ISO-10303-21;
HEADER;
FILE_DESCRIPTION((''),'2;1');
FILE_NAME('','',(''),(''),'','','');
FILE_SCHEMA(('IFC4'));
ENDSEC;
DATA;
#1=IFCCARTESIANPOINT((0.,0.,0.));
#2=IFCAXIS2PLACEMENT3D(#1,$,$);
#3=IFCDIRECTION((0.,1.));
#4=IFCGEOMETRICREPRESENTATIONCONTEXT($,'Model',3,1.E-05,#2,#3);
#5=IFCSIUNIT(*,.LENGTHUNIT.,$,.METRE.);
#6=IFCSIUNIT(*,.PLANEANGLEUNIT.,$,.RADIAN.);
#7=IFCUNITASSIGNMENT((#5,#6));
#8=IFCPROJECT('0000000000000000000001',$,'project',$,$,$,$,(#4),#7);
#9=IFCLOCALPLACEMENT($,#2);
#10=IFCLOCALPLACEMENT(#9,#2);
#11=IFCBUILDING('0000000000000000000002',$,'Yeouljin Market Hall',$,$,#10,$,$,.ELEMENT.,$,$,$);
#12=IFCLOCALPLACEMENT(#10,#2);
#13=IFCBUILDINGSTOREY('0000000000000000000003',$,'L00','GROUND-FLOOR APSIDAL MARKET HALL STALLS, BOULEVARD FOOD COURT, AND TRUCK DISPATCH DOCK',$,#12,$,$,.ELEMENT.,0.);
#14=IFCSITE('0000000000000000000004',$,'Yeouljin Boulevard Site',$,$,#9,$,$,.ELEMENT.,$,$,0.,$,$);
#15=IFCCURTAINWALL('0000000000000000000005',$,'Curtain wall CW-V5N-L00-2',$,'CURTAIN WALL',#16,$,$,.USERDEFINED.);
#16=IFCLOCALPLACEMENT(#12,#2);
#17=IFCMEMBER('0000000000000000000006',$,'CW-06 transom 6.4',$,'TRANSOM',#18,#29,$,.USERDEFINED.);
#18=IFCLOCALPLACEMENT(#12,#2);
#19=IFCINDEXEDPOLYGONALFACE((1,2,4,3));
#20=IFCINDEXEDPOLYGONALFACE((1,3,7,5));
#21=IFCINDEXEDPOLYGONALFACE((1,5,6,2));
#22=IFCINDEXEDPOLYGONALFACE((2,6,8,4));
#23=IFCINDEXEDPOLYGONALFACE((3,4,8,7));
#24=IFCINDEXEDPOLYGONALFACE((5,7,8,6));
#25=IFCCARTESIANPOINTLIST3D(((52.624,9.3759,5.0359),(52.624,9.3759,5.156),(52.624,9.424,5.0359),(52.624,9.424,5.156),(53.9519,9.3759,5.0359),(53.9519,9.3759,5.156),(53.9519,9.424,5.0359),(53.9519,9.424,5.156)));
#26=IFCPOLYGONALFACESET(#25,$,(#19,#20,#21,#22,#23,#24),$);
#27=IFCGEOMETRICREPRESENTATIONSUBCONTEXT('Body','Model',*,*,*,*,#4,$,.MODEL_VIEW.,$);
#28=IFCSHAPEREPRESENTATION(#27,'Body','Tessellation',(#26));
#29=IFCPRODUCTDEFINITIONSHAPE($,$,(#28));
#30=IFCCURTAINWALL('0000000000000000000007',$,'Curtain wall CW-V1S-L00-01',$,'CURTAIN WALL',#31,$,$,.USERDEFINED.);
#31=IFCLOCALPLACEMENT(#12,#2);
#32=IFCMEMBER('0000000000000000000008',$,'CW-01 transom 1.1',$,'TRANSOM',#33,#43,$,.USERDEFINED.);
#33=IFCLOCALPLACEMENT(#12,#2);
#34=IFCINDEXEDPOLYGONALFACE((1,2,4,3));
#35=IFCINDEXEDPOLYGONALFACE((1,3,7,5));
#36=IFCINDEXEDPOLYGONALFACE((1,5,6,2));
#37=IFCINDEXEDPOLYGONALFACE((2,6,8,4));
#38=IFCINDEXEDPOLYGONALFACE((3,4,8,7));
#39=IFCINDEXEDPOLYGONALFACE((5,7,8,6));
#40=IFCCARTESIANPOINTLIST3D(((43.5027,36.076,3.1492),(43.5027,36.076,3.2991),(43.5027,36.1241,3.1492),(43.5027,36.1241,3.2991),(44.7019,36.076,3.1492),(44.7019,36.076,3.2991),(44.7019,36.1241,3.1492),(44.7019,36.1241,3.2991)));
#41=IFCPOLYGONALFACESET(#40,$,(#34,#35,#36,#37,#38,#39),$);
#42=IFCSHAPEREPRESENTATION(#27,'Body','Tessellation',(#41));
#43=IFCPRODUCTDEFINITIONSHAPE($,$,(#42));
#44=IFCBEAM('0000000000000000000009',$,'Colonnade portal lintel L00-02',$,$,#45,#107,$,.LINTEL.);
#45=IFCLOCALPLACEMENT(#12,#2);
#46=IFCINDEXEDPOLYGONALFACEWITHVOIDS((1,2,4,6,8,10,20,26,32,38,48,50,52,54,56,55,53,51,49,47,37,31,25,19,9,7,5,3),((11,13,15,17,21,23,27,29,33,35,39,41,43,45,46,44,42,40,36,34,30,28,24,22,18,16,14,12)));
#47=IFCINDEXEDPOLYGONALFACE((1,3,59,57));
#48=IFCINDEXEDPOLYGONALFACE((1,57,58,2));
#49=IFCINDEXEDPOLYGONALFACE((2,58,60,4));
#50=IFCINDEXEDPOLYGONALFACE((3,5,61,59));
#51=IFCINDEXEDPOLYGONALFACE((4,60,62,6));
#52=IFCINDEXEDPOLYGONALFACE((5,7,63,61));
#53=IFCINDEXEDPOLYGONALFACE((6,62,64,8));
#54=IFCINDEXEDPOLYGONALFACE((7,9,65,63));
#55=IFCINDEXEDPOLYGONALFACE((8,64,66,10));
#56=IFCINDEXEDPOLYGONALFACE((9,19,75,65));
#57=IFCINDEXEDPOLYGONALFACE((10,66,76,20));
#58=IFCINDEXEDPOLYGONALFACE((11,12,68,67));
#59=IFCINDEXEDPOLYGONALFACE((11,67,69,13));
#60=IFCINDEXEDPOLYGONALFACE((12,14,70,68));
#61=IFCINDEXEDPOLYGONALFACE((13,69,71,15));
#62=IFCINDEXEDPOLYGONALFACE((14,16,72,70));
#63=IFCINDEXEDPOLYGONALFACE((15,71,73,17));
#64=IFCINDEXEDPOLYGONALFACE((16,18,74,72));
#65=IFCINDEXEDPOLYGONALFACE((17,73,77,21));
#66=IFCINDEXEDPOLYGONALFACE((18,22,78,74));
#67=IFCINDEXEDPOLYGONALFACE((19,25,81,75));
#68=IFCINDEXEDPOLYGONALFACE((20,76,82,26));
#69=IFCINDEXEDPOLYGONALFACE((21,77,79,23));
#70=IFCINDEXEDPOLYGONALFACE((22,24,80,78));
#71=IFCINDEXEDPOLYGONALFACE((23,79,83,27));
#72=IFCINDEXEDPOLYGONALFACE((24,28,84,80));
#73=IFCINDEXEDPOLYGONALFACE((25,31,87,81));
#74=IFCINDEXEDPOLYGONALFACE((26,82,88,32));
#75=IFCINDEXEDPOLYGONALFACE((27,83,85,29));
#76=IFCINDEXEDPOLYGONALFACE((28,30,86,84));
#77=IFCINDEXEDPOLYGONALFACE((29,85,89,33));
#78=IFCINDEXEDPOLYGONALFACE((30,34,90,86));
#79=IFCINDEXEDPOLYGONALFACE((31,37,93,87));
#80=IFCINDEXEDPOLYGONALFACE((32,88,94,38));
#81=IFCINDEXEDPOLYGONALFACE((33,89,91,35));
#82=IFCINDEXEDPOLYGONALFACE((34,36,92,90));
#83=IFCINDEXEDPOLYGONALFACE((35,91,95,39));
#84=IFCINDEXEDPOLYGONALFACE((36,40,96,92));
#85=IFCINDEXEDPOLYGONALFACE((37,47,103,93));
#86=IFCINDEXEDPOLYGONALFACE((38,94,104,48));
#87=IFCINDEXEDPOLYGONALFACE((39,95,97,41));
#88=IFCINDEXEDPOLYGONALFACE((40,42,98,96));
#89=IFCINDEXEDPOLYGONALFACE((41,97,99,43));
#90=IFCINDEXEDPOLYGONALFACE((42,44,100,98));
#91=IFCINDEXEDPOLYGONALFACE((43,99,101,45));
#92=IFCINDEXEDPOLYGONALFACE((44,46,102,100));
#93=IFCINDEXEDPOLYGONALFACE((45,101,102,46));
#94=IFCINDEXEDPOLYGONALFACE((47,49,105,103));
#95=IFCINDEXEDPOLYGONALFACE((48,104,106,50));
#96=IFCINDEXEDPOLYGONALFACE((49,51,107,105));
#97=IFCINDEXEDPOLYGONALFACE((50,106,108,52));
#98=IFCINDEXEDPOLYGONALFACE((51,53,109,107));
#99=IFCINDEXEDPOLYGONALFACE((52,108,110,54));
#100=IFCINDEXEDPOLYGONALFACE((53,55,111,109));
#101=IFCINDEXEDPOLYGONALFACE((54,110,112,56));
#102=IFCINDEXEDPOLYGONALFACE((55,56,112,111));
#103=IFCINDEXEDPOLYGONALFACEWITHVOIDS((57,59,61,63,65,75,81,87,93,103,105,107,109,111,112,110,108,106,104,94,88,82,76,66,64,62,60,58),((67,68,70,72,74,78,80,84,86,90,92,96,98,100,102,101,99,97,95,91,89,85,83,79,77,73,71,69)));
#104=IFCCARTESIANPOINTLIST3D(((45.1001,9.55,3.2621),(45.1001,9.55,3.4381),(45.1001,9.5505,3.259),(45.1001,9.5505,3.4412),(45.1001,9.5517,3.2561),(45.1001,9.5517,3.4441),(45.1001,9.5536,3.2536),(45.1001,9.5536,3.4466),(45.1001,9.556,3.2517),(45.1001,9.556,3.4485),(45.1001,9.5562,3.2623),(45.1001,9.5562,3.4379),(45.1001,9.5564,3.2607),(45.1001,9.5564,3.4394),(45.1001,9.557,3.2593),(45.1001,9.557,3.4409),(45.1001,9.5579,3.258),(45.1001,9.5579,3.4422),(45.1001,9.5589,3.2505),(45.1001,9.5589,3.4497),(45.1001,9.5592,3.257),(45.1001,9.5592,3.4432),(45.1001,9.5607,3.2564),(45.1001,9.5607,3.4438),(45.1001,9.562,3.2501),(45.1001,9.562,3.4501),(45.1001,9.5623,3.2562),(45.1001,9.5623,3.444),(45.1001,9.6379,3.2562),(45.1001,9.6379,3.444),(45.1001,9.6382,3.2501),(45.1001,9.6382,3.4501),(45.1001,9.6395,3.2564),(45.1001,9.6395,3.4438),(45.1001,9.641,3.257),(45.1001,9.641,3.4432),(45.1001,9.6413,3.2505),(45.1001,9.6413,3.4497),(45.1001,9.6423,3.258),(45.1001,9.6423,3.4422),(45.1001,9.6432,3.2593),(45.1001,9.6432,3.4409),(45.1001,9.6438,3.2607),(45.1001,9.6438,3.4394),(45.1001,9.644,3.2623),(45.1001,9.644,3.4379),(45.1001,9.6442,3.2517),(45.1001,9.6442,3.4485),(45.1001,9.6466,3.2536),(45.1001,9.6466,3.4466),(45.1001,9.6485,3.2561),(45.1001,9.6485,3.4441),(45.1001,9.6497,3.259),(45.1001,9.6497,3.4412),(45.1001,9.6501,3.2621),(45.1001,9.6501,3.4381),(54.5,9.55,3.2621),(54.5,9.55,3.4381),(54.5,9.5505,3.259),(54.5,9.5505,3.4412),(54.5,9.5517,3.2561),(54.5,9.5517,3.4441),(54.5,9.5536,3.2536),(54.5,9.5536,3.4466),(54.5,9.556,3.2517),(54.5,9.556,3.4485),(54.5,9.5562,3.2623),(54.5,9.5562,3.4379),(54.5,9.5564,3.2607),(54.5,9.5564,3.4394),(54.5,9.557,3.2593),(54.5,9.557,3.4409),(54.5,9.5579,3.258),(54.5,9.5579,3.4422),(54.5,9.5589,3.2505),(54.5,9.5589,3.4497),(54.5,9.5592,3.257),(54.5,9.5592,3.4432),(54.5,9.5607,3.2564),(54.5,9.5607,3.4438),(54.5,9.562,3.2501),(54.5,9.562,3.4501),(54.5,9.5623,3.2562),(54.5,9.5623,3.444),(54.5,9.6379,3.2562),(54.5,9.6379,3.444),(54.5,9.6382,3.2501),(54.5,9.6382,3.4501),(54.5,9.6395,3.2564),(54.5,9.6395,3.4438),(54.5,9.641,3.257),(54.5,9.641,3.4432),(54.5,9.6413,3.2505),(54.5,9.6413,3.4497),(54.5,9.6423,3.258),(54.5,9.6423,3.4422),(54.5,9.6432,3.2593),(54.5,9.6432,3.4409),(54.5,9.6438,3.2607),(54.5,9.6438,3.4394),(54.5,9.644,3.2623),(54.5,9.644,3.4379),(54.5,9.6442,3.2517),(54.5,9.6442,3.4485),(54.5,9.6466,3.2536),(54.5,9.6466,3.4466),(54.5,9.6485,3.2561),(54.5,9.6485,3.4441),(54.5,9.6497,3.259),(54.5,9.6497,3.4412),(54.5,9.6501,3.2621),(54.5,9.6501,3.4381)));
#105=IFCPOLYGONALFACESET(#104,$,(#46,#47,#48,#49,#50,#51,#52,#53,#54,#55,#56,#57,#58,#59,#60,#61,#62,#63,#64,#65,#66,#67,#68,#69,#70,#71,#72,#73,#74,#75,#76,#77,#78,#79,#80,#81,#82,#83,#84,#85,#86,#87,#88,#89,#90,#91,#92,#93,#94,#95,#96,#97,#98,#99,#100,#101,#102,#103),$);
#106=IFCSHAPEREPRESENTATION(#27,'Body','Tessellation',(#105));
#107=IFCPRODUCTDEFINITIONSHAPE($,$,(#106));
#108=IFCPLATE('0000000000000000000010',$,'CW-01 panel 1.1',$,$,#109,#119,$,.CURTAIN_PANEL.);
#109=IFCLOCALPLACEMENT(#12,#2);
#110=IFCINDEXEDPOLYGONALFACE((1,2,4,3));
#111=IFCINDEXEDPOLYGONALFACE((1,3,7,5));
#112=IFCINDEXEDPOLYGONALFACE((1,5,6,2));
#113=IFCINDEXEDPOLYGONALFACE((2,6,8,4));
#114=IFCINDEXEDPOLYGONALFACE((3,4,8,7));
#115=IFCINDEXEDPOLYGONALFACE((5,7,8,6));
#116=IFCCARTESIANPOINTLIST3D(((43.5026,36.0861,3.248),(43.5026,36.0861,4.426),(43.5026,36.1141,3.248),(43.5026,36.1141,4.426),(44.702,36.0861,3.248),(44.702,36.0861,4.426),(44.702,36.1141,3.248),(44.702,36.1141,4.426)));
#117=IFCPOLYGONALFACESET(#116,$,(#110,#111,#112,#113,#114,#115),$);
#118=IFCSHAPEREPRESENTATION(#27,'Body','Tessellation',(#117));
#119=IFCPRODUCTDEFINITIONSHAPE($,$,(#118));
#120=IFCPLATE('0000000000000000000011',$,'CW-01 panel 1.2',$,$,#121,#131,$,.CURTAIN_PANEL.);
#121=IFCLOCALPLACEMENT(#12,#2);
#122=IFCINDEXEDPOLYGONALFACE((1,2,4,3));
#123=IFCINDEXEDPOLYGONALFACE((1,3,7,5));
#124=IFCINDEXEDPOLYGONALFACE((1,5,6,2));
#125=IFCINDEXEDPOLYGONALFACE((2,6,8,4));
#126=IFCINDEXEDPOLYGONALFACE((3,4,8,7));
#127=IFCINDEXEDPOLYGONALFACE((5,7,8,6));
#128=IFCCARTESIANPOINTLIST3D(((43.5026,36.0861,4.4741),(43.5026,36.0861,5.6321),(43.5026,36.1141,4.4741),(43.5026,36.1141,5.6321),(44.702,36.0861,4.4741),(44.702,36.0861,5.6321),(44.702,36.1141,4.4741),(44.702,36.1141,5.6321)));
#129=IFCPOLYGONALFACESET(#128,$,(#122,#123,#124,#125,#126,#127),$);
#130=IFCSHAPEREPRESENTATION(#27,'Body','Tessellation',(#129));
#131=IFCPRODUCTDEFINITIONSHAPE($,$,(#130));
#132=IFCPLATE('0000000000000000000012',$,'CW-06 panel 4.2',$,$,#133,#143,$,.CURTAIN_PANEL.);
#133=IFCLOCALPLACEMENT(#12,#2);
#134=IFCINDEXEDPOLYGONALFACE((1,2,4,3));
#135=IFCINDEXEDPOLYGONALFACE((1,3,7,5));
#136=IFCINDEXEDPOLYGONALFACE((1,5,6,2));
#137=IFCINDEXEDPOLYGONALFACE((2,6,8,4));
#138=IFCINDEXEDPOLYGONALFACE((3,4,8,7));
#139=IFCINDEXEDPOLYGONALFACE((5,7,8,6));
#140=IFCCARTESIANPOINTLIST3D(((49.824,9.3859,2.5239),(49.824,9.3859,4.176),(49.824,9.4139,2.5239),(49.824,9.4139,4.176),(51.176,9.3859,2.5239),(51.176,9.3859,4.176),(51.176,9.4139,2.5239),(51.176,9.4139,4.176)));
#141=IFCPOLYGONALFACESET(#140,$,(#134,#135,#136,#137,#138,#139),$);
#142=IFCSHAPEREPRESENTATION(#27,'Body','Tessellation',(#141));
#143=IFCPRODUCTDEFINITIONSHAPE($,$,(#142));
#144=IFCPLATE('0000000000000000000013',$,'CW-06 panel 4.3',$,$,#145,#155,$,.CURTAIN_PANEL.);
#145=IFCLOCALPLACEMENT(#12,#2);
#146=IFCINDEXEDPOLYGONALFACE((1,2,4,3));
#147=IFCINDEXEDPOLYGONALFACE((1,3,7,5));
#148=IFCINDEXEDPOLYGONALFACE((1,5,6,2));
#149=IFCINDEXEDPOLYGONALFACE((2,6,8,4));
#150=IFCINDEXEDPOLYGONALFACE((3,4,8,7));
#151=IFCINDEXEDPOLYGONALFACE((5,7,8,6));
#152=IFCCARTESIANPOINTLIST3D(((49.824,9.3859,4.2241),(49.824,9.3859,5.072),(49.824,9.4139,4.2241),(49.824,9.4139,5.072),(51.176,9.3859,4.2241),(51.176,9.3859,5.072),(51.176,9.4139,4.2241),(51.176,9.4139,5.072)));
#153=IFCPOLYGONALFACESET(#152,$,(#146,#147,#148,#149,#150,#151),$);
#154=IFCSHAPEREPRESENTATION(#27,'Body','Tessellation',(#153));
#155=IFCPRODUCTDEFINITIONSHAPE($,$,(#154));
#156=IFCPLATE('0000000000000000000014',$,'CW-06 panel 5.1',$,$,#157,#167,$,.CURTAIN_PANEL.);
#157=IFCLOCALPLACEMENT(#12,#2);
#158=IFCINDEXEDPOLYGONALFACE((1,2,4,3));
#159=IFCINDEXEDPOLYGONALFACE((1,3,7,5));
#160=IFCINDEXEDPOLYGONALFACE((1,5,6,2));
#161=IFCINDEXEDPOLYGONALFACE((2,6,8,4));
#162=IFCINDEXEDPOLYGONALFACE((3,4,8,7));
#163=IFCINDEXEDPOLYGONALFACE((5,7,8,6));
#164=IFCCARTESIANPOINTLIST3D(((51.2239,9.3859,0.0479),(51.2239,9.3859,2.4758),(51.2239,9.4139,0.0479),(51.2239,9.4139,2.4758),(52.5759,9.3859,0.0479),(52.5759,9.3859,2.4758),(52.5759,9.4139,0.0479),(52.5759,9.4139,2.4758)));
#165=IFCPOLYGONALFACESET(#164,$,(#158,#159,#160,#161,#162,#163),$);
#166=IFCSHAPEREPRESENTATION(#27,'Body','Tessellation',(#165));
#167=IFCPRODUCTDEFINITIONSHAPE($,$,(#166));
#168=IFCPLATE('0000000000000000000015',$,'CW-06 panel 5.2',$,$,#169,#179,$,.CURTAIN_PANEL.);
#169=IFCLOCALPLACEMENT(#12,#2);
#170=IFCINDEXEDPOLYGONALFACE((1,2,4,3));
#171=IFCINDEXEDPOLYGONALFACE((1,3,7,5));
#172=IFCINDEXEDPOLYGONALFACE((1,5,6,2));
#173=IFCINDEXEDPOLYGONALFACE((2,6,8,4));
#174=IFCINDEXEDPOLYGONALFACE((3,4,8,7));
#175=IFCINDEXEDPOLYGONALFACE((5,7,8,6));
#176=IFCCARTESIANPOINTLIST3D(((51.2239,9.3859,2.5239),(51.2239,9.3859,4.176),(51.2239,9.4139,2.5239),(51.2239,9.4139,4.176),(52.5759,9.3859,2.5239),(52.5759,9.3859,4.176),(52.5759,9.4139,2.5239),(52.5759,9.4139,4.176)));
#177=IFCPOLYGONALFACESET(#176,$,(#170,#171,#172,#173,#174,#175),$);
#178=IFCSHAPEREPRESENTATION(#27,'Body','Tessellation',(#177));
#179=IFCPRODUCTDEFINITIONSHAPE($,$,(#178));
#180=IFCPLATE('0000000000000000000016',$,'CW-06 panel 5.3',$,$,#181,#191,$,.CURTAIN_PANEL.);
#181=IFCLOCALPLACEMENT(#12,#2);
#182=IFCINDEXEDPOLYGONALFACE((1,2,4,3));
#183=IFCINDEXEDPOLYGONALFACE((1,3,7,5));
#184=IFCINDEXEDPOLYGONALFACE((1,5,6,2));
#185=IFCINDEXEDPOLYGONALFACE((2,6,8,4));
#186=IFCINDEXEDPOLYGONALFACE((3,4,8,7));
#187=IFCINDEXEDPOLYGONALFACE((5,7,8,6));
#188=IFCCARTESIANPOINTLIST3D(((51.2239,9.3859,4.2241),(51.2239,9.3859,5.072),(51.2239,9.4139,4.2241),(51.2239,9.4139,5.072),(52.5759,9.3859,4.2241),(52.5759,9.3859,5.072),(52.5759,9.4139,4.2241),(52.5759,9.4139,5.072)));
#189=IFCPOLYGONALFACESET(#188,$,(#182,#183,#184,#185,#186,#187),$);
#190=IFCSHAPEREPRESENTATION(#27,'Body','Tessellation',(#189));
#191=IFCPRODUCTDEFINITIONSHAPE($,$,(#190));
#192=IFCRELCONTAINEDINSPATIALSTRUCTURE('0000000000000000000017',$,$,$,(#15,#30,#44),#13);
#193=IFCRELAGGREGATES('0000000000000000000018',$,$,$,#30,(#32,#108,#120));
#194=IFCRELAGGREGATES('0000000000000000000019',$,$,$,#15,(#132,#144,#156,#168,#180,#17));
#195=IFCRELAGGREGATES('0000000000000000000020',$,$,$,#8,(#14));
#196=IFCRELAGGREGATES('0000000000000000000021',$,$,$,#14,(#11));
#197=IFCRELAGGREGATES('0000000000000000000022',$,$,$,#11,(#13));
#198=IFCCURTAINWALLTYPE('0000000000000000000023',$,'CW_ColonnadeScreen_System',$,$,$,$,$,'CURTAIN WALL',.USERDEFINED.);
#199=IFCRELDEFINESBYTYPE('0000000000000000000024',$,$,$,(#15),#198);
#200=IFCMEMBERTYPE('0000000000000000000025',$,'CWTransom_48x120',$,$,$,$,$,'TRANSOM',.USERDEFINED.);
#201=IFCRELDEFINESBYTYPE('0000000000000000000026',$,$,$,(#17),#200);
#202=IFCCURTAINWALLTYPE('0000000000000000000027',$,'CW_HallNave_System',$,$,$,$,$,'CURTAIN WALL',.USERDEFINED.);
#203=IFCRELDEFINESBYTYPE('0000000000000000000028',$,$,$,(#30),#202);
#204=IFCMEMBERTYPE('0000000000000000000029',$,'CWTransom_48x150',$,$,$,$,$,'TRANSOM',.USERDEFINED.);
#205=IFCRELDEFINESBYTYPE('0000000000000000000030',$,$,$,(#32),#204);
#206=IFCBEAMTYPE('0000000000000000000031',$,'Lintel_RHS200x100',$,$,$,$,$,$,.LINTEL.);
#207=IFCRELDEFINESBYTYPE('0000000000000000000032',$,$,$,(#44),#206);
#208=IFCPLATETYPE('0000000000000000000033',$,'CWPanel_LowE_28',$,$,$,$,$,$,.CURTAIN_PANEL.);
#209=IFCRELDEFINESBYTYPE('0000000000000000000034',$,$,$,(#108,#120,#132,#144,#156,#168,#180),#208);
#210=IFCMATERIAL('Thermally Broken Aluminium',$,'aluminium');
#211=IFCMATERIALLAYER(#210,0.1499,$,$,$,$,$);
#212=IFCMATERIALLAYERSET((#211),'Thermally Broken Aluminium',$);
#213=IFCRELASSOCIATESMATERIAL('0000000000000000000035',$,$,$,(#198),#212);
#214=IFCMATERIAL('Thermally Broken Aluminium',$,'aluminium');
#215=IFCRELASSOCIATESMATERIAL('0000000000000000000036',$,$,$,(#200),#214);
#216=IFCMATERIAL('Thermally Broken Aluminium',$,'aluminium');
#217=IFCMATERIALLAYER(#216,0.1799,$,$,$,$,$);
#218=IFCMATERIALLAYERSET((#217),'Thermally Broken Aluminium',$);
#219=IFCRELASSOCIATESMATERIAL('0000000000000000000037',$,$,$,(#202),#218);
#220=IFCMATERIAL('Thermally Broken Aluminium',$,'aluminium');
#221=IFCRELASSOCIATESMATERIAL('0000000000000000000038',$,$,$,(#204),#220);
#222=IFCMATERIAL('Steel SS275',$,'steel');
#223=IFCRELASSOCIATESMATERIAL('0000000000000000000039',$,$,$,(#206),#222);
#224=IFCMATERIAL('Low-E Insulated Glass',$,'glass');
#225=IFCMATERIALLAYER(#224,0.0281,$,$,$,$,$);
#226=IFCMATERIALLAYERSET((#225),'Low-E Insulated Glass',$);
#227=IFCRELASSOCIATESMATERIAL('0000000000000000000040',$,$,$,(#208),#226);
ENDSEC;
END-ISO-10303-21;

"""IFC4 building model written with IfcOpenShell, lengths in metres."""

from ifc_helpers import new_model, si_unit, direction, frame, origin, origin_2d, place, context, subcontext, project, spatial, rectangle, hollow_rectangle, extrude, material, layer, layer_set, material_profile, profile_set, type_object, element, aggregate, save


model = new_model("IFC4")

# Units and contexts
model_context = context("Model", 3, precision=1e-05, world=origin(), true_north=direction((0.0, 1.0)))
body_context = subcontext(model_context, "Body", "Model", "MODEL_VIEW")
ifc_project = project(units=[si_unit("LENGTHUNIT", "METRE"), si_unit("PLANEANGLEUNIT", "RADIAN")], contexts=[model_context])

# Site, building, storey
site_placement = place(None, origin())
site = spatial("IfcSite", under=ifc_project, at=site_placement, Name="Yeouljin Boulevard Site", CompositionType="ELEMENT", RefElevation=0.0)
building_placement = place(site_placement, origin())
building = spatial("IfcBuilding", under=site, at=building_placement, Name="Yeouljin Market Hall", CompositionType="ELEMENT")
storey_placement = place(building_placement, origin())
storey = spatial("IfcBuildingStorey", under=building, at=storey_placement, Name="L00", Description="GROUND-FLOOR APSIDAL MARKET HALL STALLS, BOULEVARD FOOD COURT, AND TRUCK DISPATCH DOCK", CompositionType="ELEMENT", Elevation=0.0)

# Curtain wall, member
ifc_material_1 = material(Name="Thermally Broken Aluminium", Category="aluminium")
ifc_layer_1 = layer(ifc_material_1, 0.1499)
ifc_layer_set_1 = layer_set([ifc_layer_1], Name="Thermally Broken Aluminium")
curtain_wall_type_1 = type_object("IfcCurtainWallType", Name="CW_ColonnadeScreen_System", ElementType="CURTAIN WALL", PredefinedType="USERDEFINED", material=ifc_layer_set_1)
curtain_wall_1_placement = place(storey_placement, origin())
curtain_wall_1 = element("IfcCurtainWall", 1, at=curtain_wall_1_placement, inside=storey, type_object=curtain_wall_type_1, Name="Curtain wall CW-V5N-L00-2", ObjectType="CURTAIN WALL", PredefinedType="USERDEFINED")
ifc_material_2 = material(Name="Thermally Broken Aluminium", Category="aluminium")
ifc_material_profile_1 = material_profile(ifc_material_2, rectangle(XDim=0.0481, YDim=0.1201, at=origin_2d()), Name="CW-TRAN-48x120")
ifc_profile_set_1 = profile_set([ifc_material_profile_1], Name="Thermally Broken Aluminium")
member_type_1 = type_object("IfcMemberType", Name="CWTransom_48x120", ElementType="TRANSOM", PredefinedType="USERDEFINED", material=ifc_profile_set_1)
member_1_placement = place(storey_placement, frame((52.624, 9.3999, 5.0959), z_axis=(1.0, 0.0, 0.0), x_axis=(0.0, 1.0, 0.0)))
member_1 = element("IfcMember", 2, at=member_1_placement, type_object=member_type_1, Name="CW-06 transom 6.4", ObjectType="TRANSOM", PredefinedType="USERDEFINED", context=body_context, shape_type="SweptSolid", body=[
    extrude(rectangle(XDim=0.0481, YDim=0.1201, at=origin_2d()), origin(), (0.0, 0.0, 1.0), 1.3279),
])

# Curtain wall, member
ifc_material_3 = material(Name="Thermally Broken Aluminium", Category="aluminium")
ifc_layer_2 = layer(ifc_material_3, 0.1799)
ifc_layer_set_2 = layer_set([ifc_layer_2], Name="Thermally Broken Aluminium")
curtain_wall_type_2 = type_object("IfcCurtainWallType", Name="CW_HallNave_System", ElementType="CURTAIN WALL", PredefinedType="USERDEFINED", material=ifc_layer_set_2)
curtain_wall_2_placement = place(storey_placement, origin())
curtain_wall_2 = element("IfcCurtainWall", 3, at=curtain_wall_2_placement, inside=storey, type_object=curtain_wall_type_2, Name="Curtain wall CW-V1S-L00-01", ObjectType="CURTAIN WALL", PredefinedType="USERDEFINED")
ifc_material_4 = material(Name="Thermally Broken Aluminium", Category="aluminium")
ifc_material_profile_2 = material_profile(ifc_material_4, rectangle(XDim=0.0481, YDim=0.1499, at=origin_2d()), Name="CW-TRAN-48x150")
ifc_profile_set_2 = profile_set([ifc_material_profile_2], Name="Thermally Broken Aluminium")
member_type_2 = type_object("IfcMemberType", Name="CWTransom_48x150", ElementType="TRANSOM", PredefinedType="USERDEFINED", material=ifc_profile_set_2)
member_2_placement = place(storey_placement, frame((44.7019, 36.1001, 3.2241), z_axis=(-1.0, 0.0, 0.0), x_axis=(0.0, -1.0, 0.0)))
member_2 = element("IfcMember", 4, at=member_2_placement, type_object=member_type_2, Name="CW-01 transom 1.1", ObjectType="TRANSOM", PredefinedType="USERDEFINED", context=body_context, shape_type="SweptSolid", body=[
    extrude(rectangle(XDim=0.0481, YDim=0.1499, at=origin_2d()), origin(), (0.0, 0.0, 1.0), 1.1992),
])

# Beam
ifc_material_5 = material(Name="Steel SS275", Category="steel")
ifc_material_profile_3 = material_profile(ifc_material_5, hollow_rectangle(XDim=0.1001, YDim=0.2, WallThickness=0.0061, InnerFilletRadius=0.0061, OuterFilletRadius=0.012, at=origin_2d()), Name="RHS-200x100x6")
ifc_profile_set_3 = profile_set([ifc_material_profile_3], Name="Steel SS275")
beam_type = type_object("IfcBeamType", Name="Lintel_RHS200x100", PredefinedType="LINTEL", material=ifc_profile_set_3)
beam_placement = place(storey_placement, frame((45.1001, 9.6001, 3.3501), z_axis=(1.0, 0.0, 0.0), x_axis=(0.0, 1.0, 0.0)))
element("IfcBeam", 5, at=beam_placement, inside=storey, type_object=beam_type, Name="Colonnade portal lintel L00-02", PredefinedType="LINTEL", context=body_context, shape_type="SweptSolid", body=[
    extrude(hollow_rectangle(XDim=0.1001, YDim=0.2, WallThickness=0.0061, InnerFilletRadius=0.0061, OuterFilletRadius=0.012, at=origin_2d()), origin(), (0.0, 0.0, 1.0), 9.3999),
])

# Plates
ifc_material_6 = material(Name="Low-E Insulated Glass", Category="glass")
ifc_layer_3 = layer(ifc_material_6, 0.0281)
ifc_layer_set_3 = layer_set([ifc_layer_3], Name="Low-E Insulated Glass")
plate_type_1 = type_object("IfcPlateType", Name="CWPanel_LowE_28", PredefinedType="CURTAIN_PANEL", material=ifc_layer_set_3)
plate_1_placement = place(storey_placement, frame((44.1023, 36.1001, 3.248), z_axis=(0.0, 0.0, 1.0), x_axis=(-1.0, 0.0, 0.0)))
plate_1 = element("IfcPlate", 6, at=plate_1_placement, type_object=plate_type_1, Name="CW-01 panel 1.1", PredefinedType="CURTAIN_PANEL", context=body_context, shape_type="SweptSolid", body=[
    extrude(rectangle(XDim=1.1995, YDim=0.0281, at=origin_2d()), origin(), (0.0, 0.0, 1.0), 1.178),
])
plate_2_placement = place(storey_placement, frame((44.1023, 36.1001, 4.4741), z_axis=(0.0, 0.0, 1.0), x_axis=(-1.0, 0.0, 0.0)))
plate_2 = element("IfcPlate", 7, at=plate_2_placement, type_object=plate_type_1, Name="CW-01 panel 1.2", PredefinedType="CURTAIN_PANEL", context=body_context, shape_type="SweptSolid", body=[
    extrude(rectangle(XDim=1.1995, YDim=0.0281, at=origin_2d()), origin(), (0.0, 0.0, 1.0), 1.158),
])
aggregate(curtain_wall_2, [member_2, plate_1, plate_2])
plate_3_placement = place(storey_placement, frame((50.5, 9.3999, 2.5239), z_axis=(0.0, 0.0, 1.0), x_axis=(1.0, 0.0, 0.0)))
plate_3 = element("IfcPlate", 8, at=plate_3_placement, type_object=plate_type_1, Name="CW-06 panel 4.2", PredefinedType="CURTAIN_PANEL", context=body_context, shape_type="SweptSolid", body=[
    extrude(rectangle(XDim=1.3521, YDim=0.0281, at=origin_2d()), origin(), (0.0, 0.0, 1.0), 1.6521),
])
plate_4_placement = place(storey_placement, frame((50.5, 9.3999, 4.2241), z_axis=(0.0, 0.0, 1.0), x_axis=(1.0, 0.0, 0.0)))
plate_4 = element("IfcPlate", 9, at=plate_4_placement, type_object=plate_type_1, Name="CW-06 panel 4.3", PredefinedType="CURTAIN_PANEL", context=body_context, shape_type="SweptSolid", body=[
    extrude(rectangle(XDim=1.3521, YDim=0.0281, at=origin_2d()), origin(), (0.0, 0.0, 1.0), 0.8479),
])
plate_5_placement = place(storey_placement, frame((51.8999, 9.3999, 0.0479), z_axis=(0.0, 0.0, 1.0), x_axis=(1.0, 0.0, 0.0)))
plate_5 = element("IfcPlate", 10, at=plate_5_placement, type_object=plate_type_1, Name="CW-06 panel 5.1", PredefinedType="CURTAIN_PANEL", context=body_context, shape_type="SweptSolid", body=[
    extrude(rectangle(XDim=1.3521, YDim=0.0281, at=origin_2d()), origin(), (0.0, 0.0, 1.0), 2.428),
])
plate_6_placement = place(storey_placement, frame((51.8999, 9.3999, 2.5239), z_axis=(0.0, 0.0, 1.0), x_axis=(1.0, 0.0, 0.0)))
plate_6 = element("IfcPlate", 11, at=plate_6_placement, type_object=plate_type_1, Name="CW-06 panel 5.2", PredefinedType="CURTAIN_PANEL", context=body_context, shape_type="SweptSolid", body=[
    extrude(rectangle(XDim=1.3521, YDim=0.0281, at=origin_2d()), origin(), (0.0, 0.0, 1.0), 1.6521),
])
plate_7_placement = place(storey_placement, frame((51.8999, 9.3999, 4.2241), z_axis=(0.0, 0.0, 1.0), x_axis=(1.0, 0.0, 0.0)))
plate_7 = element("IfcPlate", 12, at=plate_7_placement, type_object=plate_type_1, Name="CW-06 panel 5.3", PredefinedType="CURTAIN_PANEL", context=body_context, shape_type="SweptSolid", body=[
    extrude(rectangle(XDim=1.3521, YDim=0.0281, at=origin_2d()), origin(), (0.0, 0.0, 1.0), 0.8479),
])
aggregate(curtain_wall_1, [plate_3, plate_4, plate_5, plate_6, plate_7, member_1])

save(model, "model.ifc")
